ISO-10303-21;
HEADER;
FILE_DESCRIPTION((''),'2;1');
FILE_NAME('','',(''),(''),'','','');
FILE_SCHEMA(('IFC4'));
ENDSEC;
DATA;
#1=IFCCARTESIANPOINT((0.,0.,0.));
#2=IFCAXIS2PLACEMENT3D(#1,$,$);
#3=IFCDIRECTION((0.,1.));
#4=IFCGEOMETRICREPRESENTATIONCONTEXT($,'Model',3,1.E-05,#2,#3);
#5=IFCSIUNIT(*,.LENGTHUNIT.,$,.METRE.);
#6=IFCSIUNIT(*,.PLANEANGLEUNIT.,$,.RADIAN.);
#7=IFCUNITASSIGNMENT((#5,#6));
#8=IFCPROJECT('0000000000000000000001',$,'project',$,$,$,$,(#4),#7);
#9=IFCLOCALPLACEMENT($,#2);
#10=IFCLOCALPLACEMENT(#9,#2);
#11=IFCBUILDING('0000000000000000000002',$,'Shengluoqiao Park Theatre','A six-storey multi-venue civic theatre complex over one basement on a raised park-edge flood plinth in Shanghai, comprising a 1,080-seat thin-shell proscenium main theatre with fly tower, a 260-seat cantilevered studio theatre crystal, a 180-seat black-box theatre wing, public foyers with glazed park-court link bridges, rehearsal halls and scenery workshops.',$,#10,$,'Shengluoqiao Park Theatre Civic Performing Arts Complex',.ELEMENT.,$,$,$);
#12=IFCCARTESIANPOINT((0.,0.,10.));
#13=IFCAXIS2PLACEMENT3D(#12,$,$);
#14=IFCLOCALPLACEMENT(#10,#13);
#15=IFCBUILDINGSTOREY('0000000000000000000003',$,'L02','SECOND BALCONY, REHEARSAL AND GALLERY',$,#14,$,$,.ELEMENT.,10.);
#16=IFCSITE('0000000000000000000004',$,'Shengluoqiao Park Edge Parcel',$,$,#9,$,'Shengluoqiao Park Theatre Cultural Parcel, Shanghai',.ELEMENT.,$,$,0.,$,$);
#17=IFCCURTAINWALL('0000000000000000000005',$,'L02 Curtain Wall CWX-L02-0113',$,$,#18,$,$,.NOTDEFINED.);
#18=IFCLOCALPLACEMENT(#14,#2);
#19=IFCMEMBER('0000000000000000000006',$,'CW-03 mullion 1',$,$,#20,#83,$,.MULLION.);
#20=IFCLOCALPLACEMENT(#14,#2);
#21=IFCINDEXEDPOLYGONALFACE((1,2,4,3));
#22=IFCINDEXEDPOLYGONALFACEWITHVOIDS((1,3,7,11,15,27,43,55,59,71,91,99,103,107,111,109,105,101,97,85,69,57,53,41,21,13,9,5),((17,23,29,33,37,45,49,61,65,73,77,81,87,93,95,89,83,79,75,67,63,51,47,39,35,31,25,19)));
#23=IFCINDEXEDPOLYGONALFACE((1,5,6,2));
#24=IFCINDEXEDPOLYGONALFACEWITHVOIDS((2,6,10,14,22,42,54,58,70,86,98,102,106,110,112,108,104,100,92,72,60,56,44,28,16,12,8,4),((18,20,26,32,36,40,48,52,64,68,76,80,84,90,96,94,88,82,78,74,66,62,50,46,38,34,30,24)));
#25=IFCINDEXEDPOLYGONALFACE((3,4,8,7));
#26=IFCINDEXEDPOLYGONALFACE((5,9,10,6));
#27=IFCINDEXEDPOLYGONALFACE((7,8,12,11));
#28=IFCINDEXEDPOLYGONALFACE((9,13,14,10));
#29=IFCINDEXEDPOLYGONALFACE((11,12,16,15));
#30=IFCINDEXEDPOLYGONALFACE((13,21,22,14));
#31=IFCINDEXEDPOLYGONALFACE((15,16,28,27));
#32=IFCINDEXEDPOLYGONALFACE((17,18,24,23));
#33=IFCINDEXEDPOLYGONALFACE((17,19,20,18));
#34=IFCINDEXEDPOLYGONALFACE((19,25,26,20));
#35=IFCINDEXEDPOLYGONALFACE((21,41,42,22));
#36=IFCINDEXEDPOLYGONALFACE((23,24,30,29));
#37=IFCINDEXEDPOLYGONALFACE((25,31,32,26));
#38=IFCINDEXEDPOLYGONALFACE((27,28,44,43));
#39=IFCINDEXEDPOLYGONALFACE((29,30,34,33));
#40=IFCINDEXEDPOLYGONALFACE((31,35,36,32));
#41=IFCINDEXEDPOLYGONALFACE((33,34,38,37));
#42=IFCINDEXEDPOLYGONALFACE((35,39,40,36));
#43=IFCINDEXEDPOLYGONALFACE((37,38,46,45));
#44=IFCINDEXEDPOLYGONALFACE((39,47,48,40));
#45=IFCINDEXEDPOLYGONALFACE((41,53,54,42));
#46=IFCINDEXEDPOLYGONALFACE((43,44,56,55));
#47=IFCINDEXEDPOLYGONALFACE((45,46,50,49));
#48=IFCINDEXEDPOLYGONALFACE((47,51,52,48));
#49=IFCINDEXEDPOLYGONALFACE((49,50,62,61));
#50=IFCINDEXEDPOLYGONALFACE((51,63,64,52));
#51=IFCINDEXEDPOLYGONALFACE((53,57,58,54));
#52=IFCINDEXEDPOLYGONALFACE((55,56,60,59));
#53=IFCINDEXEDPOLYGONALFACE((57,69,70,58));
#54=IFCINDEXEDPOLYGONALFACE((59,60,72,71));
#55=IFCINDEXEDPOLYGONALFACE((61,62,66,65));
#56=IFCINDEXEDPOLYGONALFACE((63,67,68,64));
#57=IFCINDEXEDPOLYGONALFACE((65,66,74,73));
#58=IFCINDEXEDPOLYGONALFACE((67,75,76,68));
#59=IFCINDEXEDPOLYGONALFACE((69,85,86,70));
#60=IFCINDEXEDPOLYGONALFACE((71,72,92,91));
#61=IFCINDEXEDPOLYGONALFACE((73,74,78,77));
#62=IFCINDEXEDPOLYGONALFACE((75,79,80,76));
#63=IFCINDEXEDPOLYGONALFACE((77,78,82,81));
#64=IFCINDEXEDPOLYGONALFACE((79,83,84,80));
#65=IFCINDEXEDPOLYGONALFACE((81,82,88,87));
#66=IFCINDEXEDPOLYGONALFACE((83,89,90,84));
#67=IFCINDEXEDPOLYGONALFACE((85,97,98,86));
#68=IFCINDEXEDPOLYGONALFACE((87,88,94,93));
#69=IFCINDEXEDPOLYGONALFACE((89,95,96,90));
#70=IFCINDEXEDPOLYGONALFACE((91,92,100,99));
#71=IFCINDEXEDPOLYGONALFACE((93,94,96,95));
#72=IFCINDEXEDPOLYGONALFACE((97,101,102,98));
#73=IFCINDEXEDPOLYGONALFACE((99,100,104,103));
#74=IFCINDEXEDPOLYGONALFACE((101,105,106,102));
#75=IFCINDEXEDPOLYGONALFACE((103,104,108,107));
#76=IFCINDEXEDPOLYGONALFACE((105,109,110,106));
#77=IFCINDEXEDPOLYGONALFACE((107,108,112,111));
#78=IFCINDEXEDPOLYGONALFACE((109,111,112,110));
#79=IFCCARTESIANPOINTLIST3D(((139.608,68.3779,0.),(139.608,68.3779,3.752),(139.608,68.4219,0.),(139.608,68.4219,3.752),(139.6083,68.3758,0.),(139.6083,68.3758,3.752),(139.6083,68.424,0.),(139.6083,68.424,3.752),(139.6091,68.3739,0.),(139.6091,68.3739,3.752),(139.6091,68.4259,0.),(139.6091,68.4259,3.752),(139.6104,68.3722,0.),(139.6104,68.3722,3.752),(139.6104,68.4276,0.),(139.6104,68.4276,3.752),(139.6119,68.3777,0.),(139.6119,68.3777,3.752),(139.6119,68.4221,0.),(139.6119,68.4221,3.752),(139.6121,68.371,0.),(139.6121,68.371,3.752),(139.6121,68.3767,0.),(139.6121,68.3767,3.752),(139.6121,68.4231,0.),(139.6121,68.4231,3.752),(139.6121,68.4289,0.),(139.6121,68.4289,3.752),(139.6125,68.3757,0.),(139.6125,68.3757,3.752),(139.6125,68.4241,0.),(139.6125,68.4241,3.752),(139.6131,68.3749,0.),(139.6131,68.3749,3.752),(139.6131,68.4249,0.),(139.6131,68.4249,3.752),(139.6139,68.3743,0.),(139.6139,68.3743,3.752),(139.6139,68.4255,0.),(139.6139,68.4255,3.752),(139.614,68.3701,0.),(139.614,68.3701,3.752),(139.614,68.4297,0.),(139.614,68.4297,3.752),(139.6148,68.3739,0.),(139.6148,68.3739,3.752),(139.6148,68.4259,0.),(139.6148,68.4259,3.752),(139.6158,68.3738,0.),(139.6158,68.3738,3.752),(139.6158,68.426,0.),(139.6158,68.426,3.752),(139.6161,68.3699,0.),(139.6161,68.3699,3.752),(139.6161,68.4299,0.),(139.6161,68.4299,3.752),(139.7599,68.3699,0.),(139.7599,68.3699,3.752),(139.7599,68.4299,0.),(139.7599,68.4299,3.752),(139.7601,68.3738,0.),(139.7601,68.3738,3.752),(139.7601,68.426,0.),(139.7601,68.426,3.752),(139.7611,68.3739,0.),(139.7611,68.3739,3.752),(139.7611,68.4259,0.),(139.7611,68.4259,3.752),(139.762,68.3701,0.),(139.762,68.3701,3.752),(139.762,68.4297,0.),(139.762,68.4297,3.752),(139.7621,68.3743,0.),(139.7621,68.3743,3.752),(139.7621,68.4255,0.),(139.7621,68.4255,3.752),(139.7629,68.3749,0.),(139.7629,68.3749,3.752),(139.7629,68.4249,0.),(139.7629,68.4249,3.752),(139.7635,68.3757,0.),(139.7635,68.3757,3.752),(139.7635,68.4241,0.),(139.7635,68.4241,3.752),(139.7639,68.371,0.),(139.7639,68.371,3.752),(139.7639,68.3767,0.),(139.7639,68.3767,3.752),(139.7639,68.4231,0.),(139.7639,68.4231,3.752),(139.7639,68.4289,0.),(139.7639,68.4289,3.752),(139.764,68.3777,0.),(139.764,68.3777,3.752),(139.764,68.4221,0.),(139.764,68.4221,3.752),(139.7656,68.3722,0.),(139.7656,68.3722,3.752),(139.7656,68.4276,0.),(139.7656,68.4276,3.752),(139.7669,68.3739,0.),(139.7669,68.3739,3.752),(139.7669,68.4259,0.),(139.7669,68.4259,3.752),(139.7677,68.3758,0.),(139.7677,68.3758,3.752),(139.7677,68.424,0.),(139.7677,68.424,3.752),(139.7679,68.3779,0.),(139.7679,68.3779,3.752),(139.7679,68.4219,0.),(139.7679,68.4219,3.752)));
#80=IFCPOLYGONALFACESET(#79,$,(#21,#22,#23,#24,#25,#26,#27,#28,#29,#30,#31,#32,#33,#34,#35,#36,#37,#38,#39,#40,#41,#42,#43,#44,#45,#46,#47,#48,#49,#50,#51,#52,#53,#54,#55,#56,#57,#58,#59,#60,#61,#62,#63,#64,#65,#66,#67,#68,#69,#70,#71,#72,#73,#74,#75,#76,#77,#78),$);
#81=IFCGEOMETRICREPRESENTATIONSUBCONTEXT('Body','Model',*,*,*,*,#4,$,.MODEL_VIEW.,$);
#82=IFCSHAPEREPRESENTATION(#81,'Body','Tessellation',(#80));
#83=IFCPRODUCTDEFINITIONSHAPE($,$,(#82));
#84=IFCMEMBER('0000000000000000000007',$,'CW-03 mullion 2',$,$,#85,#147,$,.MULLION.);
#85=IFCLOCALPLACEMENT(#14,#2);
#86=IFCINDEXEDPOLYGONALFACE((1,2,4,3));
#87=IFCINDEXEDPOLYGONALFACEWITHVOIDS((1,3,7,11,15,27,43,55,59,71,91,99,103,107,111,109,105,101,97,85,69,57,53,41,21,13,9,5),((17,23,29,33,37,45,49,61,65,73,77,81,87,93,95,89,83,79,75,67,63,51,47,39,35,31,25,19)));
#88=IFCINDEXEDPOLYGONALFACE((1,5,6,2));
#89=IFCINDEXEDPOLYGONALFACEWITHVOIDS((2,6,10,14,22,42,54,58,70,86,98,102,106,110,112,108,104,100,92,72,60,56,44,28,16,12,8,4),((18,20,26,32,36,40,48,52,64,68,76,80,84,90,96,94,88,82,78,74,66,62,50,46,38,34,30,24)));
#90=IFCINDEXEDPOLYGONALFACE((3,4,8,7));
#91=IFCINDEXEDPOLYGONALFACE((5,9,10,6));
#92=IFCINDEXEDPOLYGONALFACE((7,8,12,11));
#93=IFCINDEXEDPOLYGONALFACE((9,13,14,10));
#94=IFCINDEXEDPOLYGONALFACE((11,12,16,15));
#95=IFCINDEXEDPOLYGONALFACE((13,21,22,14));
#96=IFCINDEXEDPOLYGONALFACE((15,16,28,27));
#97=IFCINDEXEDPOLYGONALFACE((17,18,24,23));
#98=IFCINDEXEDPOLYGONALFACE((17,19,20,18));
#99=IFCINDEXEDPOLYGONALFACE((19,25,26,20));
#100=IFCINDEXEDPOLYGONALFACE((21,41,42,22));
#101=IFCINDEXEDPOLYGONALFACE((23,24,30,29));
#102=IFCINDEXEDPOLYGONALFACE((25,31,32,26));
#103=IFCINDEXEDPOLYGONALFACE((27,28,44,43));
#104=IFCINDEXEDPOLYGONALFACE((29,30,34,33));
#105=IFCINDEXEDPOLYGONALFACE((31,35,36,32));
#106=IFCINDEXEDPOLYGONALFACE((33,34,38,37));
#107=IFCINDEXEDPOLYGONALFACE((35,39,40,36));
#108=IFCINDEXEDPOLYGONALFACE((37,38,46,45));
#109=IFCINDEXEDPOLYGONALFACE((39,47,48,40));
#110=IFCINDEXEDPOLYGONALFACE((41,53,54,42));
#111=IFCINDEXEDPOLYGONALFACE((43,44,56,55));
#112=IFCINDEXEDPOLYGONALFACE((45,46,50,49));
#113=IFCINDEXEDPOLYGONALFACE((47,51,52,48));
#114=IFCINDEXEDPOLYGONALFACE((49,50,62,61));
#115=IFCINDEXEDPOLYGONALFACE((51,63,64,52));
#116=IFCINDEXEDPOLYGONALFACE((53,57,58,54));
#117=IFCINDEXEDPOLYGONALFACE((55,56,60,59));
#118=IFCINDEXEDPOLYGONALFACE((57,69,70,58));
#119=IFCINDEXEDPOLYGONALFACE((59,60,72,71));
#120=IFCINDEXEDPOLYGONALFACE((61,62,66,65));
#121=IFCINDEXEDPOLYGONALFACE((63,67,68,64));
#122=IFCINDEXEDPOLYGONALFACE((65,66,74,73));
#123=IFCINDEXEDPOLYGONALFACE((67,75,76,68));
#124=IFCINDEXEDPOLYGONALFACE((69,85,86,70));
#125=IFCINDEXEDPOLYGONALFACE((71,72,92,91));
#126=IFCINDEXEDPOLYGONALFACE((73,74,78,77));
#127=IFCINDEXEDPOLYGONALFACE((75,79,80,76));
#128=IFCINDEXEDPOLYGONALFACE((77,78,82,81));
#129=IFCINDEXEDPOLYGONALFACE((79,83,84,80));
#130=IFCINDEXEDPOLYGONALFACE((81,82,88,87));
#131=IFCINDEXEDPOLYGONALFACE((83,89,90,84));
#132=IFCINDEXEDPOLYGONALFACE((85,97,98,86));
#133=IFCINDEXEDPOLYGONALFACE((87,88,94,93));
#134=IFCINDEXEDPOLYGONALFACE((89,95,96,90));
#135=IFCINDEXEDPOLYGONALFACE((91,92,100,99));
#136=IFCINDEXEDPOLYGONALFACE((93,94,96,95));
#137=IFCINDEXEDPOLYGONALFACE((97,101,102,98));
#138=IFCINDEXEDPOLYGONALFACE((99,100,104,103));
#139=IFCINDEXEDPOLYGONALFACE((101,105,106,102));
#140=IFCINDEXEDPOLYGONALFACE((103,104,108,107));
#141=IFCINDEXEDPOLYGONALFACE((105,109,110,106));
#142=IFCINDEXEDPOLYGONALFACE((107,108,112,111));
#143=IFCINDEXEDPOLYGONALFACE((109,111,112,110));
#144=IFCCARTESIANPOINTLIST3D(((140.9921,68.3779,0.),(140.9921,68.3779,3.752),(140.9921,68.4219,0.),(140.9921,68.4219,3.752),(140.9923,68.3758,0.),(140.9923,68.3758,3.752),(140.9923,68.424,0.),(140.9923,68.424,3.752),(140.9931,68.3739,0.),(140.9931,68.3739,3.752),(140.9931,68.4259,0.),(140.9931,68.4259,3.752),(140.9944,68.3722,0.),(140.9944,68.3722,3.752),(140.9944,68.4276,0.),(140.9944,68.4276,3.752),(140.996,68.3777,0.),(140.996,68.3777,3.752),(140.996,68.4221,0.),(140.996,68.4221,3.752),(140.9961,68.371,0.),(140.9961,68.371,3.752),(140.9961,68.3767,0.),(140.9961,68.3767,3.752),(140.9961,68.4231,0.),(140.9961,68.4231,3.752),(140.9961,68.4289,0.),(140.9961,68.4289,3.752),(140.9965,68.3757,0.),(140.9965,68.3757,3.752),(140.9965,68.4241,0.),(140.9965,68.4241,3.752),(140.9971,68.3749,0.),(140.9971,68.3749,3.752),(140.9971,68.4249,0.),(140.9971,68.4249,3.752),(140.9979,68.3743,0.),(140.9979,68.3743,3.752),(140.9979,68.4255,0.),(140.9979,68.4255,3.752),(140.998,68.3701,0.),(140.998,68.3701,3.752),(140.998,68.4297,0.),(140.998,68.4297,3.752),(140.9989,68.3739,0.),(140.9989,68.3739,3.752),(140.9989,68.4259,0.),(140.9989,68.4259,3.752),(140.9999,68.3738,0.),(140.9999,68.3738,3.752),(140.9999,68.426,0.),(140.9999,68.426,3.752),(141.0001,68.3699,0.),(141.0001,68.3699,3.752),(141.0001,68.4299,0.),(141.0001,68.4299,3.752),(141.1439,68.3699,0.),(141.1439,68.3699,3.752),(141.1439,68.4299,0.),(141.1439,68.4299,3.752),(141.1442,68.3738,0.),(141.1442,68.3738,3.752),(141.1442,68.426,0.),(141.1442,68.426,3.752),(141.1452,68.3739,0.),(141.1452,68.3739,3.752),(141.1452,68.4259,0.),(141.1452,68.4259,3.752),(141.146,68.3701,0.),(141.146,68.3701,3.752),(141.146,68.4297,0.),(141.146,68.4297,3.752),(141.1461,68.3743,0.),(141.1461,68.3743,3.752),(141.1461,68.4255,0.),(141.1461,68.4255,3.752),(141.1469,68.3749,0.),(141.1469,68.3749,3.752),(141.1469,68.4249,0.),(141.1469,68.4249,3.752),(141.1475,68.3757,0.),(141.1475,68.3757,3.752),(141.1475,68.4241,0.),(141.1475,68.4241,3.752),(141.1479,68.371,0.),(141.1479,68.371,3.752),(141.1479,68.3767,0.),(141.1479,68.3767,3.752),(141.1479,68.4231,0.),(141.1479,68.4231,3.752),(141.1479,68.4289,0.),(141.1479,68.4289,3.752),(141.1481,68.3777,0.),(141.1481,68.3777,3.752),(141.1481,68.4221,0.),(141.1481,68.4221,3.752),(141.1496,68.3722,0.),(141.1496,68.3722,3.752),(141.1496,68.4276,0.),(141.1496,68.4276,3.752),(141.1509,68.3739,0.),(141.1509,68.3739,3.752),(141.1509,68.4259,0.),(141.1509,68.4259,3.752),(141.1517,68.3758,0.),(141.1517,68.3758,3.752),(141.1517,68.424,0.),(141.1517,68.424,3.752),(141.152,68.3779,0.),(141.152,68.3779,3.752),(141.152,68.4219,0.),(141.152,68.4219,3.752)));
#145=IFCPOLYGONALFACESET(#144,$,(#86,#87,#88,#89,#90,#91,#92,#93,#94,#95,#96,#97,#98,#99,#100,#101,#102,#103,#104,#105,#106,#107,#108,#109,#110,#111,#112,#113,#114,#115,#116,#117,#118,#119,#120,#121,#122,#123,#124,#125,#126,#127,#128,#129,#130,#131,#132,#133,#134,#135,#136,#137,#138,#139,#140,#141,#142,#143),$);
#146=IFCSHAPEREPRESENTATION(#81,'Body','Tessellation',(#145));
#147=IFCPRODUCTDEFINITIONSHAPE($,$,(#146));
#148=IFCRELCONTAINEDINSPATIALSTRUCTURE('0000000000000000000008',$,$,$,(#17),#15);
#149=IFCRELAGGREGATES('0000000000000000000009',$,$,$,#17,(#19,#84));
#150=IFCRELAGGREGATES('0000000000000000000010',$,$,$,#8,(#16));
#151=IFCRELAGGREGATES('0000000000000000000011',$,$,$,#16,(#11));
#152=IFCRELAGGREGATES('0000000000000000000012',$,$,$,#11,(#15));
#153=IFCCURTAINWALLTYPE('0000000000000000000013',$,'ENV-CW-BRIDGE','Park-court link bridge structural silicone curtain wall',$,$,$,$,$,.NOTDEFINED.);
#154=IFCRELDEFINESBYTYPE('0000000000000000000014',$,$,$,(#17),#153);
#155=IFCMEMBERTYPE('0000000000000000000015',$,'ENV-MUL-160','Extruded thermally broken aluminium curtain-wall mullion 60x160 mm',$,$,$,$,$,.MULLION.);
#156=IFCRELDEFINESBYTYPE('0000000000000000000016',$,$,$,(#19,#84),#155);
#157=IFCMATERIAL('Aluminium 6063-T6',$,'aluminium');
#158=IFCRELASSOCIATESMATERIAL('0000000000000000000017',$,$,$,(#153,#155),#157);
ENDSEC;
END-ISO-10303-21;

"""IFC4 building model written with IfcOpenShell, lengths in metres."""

from ifc_helpers import new_model, si_unit, direction, frame, origin, origin_2d, place, context, subcontext, project, spatial, hollow_rectangle, extrude, material, material_profile, profile_set, type_object, element, aggregate, save


model = new_model("IFC4")

# Units and contexts
model_context = context("Model", 3, precision=1e-05, world=origin(), true_north=direction((0.0, 1.0)))
body_context = subcontext(model_context, "Body", "Model", "MODEL_VIEW")
ifc_project = project(units=[si_unit("LENGTHUNIT", "METRE"), si_unit("PLANEANGLEUNIT", "RADIAN")], contexts=[model_context])

# Site, building, storey
site_placement = place(None, origin())
site = spatial("IfcSite", under=ifc_project, at=site_placement, Name="Shengluoqiao Park Edge Parcel", LongName="Shengluoqiao Park Theatre Cultural Parcel, Shanghai", CompositionType="ELEMENT", RefElevation=0.0)
building_placement = place(site_placement, origin())
building = spatial("IfcBuilding", under=site, at=building_placement, Name="Shengluoqiao Park Theatre", Description="A six-storey multi-venue civic theatre complex over one basement on a raised park-edge flood plinth in Shanghai, comprising a 1,080-seat thin-shell proscenium main theatre with fly tower, a 260-seat cantilevered studio theatre crystal, a 180-seat black-box theatre wing, public foyers with glazed park-court link bridges, rehearsal halls and scenery workshops.", LongName="Shengluoqiao Park Theatre Civic Performing Arts Complex", CompositionType="ELEMENT")
storey_placement = place(building_placement, frame((0.0, 0.0, 10.0)))
storey = spatial("IfcBuildingStorey", under=building, at=storey_placement, Name="L02", Description="SECOND BALCONY, REHEARSAL AND GALLERY", CompositionType="ELEMENT", Elevation=10.0)

# Shared definitions
ifc_material_1 = material(Name="Aluminium 6063-T6", Category="aluminium")
curtain_wall_type = type_object("IfcCurtainWallType", Name="ENV-CW-BRIDGE", Description="Park-court link bridge structural silicone curtain wall", PredefinedType="NOTDEFINED", material=ifc_material_1)
ifc_material_profile_1 = material_profile(ifc_material_1, hollow_rectangle(XDim=0.0601, YDim=0.1599, WallThickness=0.0039, InnerFilletRadius=0.0039, OuterFilletRadius=0.0081, at=origin_2d()), Name="ALU MULLION 160x60x4")
ifc_profile_set_1 = profile_set([ifc_material_profile_1], Name="Aluminium 6063-T6")
member_type_1 = type_object("IfcMemberType", Name="ENV-MUL-160", Description="Extruded thermally broken aluminium curtain-wall mullion 60x160 mm", PredefinedType="MULLION", material=ifc_profile_set_1)

# Curtain wall, members
curtain_wall_1_placement = place(storey_placement, origin())
curtain_wall_1 = element("IfcCurtainWall", 1, at=curtain_wall_1_placement, inside=storey, type_object=curtain_wall_type, Name="L02 Curtain Wall CWX-L02-0113", PredefinedType="NOTDEFINED")
member_1_placement = place(storey_placement, frame((139.688, 68.3999, 0.0), z_axis=(0.0, 0.0, 1.0), x_axis=(0.0, 1.0, 0.0)))
member_1 = element("IfcMember", 2, at=member_1_placement, type_object=member_type_1, Name="CW-03 mullion 1", PredefinedType="MULLION", context=body_context, shape_type="SweptSolid", body=[
    extrude(hollow_rectangle(XDim=0.0601, YDim=0.1599, WallThickness=0.0039, InnerFilletRadius=0.0039, OuterFilletRadius=0.0081, at=origin_2d()), origin(), (0.0, 0.0, 1.0), 3.752),
])
member_2_placement = place(storey_placement, frame((141.072, 68.3999, 0.0), z_axis=(0.0, 0.0, 1.0), x_axis=(0.0, 1.0, 0.0)))
member_2 = element("IfcMember", 3, at=member_2_placement, type_object=member_type_1, Name="CW-03 mullion 2", PredefinedType="MULLION", context=body_context, shape_type="SweptSolid", body=[
    extrude(hollow_rectangle(XDim=0.0601, YDim=0.1599, WallThickness=0.0039, InnerFilletRadius=0.0039, OuterFilletRadius=0.0081, at=origin_2d()), origin(), (0.0, 0.0, 1.0), 3.752),
])

aggregate(curtain_wall_1, [member_1, member_2])

save(model, "model.ifc")
